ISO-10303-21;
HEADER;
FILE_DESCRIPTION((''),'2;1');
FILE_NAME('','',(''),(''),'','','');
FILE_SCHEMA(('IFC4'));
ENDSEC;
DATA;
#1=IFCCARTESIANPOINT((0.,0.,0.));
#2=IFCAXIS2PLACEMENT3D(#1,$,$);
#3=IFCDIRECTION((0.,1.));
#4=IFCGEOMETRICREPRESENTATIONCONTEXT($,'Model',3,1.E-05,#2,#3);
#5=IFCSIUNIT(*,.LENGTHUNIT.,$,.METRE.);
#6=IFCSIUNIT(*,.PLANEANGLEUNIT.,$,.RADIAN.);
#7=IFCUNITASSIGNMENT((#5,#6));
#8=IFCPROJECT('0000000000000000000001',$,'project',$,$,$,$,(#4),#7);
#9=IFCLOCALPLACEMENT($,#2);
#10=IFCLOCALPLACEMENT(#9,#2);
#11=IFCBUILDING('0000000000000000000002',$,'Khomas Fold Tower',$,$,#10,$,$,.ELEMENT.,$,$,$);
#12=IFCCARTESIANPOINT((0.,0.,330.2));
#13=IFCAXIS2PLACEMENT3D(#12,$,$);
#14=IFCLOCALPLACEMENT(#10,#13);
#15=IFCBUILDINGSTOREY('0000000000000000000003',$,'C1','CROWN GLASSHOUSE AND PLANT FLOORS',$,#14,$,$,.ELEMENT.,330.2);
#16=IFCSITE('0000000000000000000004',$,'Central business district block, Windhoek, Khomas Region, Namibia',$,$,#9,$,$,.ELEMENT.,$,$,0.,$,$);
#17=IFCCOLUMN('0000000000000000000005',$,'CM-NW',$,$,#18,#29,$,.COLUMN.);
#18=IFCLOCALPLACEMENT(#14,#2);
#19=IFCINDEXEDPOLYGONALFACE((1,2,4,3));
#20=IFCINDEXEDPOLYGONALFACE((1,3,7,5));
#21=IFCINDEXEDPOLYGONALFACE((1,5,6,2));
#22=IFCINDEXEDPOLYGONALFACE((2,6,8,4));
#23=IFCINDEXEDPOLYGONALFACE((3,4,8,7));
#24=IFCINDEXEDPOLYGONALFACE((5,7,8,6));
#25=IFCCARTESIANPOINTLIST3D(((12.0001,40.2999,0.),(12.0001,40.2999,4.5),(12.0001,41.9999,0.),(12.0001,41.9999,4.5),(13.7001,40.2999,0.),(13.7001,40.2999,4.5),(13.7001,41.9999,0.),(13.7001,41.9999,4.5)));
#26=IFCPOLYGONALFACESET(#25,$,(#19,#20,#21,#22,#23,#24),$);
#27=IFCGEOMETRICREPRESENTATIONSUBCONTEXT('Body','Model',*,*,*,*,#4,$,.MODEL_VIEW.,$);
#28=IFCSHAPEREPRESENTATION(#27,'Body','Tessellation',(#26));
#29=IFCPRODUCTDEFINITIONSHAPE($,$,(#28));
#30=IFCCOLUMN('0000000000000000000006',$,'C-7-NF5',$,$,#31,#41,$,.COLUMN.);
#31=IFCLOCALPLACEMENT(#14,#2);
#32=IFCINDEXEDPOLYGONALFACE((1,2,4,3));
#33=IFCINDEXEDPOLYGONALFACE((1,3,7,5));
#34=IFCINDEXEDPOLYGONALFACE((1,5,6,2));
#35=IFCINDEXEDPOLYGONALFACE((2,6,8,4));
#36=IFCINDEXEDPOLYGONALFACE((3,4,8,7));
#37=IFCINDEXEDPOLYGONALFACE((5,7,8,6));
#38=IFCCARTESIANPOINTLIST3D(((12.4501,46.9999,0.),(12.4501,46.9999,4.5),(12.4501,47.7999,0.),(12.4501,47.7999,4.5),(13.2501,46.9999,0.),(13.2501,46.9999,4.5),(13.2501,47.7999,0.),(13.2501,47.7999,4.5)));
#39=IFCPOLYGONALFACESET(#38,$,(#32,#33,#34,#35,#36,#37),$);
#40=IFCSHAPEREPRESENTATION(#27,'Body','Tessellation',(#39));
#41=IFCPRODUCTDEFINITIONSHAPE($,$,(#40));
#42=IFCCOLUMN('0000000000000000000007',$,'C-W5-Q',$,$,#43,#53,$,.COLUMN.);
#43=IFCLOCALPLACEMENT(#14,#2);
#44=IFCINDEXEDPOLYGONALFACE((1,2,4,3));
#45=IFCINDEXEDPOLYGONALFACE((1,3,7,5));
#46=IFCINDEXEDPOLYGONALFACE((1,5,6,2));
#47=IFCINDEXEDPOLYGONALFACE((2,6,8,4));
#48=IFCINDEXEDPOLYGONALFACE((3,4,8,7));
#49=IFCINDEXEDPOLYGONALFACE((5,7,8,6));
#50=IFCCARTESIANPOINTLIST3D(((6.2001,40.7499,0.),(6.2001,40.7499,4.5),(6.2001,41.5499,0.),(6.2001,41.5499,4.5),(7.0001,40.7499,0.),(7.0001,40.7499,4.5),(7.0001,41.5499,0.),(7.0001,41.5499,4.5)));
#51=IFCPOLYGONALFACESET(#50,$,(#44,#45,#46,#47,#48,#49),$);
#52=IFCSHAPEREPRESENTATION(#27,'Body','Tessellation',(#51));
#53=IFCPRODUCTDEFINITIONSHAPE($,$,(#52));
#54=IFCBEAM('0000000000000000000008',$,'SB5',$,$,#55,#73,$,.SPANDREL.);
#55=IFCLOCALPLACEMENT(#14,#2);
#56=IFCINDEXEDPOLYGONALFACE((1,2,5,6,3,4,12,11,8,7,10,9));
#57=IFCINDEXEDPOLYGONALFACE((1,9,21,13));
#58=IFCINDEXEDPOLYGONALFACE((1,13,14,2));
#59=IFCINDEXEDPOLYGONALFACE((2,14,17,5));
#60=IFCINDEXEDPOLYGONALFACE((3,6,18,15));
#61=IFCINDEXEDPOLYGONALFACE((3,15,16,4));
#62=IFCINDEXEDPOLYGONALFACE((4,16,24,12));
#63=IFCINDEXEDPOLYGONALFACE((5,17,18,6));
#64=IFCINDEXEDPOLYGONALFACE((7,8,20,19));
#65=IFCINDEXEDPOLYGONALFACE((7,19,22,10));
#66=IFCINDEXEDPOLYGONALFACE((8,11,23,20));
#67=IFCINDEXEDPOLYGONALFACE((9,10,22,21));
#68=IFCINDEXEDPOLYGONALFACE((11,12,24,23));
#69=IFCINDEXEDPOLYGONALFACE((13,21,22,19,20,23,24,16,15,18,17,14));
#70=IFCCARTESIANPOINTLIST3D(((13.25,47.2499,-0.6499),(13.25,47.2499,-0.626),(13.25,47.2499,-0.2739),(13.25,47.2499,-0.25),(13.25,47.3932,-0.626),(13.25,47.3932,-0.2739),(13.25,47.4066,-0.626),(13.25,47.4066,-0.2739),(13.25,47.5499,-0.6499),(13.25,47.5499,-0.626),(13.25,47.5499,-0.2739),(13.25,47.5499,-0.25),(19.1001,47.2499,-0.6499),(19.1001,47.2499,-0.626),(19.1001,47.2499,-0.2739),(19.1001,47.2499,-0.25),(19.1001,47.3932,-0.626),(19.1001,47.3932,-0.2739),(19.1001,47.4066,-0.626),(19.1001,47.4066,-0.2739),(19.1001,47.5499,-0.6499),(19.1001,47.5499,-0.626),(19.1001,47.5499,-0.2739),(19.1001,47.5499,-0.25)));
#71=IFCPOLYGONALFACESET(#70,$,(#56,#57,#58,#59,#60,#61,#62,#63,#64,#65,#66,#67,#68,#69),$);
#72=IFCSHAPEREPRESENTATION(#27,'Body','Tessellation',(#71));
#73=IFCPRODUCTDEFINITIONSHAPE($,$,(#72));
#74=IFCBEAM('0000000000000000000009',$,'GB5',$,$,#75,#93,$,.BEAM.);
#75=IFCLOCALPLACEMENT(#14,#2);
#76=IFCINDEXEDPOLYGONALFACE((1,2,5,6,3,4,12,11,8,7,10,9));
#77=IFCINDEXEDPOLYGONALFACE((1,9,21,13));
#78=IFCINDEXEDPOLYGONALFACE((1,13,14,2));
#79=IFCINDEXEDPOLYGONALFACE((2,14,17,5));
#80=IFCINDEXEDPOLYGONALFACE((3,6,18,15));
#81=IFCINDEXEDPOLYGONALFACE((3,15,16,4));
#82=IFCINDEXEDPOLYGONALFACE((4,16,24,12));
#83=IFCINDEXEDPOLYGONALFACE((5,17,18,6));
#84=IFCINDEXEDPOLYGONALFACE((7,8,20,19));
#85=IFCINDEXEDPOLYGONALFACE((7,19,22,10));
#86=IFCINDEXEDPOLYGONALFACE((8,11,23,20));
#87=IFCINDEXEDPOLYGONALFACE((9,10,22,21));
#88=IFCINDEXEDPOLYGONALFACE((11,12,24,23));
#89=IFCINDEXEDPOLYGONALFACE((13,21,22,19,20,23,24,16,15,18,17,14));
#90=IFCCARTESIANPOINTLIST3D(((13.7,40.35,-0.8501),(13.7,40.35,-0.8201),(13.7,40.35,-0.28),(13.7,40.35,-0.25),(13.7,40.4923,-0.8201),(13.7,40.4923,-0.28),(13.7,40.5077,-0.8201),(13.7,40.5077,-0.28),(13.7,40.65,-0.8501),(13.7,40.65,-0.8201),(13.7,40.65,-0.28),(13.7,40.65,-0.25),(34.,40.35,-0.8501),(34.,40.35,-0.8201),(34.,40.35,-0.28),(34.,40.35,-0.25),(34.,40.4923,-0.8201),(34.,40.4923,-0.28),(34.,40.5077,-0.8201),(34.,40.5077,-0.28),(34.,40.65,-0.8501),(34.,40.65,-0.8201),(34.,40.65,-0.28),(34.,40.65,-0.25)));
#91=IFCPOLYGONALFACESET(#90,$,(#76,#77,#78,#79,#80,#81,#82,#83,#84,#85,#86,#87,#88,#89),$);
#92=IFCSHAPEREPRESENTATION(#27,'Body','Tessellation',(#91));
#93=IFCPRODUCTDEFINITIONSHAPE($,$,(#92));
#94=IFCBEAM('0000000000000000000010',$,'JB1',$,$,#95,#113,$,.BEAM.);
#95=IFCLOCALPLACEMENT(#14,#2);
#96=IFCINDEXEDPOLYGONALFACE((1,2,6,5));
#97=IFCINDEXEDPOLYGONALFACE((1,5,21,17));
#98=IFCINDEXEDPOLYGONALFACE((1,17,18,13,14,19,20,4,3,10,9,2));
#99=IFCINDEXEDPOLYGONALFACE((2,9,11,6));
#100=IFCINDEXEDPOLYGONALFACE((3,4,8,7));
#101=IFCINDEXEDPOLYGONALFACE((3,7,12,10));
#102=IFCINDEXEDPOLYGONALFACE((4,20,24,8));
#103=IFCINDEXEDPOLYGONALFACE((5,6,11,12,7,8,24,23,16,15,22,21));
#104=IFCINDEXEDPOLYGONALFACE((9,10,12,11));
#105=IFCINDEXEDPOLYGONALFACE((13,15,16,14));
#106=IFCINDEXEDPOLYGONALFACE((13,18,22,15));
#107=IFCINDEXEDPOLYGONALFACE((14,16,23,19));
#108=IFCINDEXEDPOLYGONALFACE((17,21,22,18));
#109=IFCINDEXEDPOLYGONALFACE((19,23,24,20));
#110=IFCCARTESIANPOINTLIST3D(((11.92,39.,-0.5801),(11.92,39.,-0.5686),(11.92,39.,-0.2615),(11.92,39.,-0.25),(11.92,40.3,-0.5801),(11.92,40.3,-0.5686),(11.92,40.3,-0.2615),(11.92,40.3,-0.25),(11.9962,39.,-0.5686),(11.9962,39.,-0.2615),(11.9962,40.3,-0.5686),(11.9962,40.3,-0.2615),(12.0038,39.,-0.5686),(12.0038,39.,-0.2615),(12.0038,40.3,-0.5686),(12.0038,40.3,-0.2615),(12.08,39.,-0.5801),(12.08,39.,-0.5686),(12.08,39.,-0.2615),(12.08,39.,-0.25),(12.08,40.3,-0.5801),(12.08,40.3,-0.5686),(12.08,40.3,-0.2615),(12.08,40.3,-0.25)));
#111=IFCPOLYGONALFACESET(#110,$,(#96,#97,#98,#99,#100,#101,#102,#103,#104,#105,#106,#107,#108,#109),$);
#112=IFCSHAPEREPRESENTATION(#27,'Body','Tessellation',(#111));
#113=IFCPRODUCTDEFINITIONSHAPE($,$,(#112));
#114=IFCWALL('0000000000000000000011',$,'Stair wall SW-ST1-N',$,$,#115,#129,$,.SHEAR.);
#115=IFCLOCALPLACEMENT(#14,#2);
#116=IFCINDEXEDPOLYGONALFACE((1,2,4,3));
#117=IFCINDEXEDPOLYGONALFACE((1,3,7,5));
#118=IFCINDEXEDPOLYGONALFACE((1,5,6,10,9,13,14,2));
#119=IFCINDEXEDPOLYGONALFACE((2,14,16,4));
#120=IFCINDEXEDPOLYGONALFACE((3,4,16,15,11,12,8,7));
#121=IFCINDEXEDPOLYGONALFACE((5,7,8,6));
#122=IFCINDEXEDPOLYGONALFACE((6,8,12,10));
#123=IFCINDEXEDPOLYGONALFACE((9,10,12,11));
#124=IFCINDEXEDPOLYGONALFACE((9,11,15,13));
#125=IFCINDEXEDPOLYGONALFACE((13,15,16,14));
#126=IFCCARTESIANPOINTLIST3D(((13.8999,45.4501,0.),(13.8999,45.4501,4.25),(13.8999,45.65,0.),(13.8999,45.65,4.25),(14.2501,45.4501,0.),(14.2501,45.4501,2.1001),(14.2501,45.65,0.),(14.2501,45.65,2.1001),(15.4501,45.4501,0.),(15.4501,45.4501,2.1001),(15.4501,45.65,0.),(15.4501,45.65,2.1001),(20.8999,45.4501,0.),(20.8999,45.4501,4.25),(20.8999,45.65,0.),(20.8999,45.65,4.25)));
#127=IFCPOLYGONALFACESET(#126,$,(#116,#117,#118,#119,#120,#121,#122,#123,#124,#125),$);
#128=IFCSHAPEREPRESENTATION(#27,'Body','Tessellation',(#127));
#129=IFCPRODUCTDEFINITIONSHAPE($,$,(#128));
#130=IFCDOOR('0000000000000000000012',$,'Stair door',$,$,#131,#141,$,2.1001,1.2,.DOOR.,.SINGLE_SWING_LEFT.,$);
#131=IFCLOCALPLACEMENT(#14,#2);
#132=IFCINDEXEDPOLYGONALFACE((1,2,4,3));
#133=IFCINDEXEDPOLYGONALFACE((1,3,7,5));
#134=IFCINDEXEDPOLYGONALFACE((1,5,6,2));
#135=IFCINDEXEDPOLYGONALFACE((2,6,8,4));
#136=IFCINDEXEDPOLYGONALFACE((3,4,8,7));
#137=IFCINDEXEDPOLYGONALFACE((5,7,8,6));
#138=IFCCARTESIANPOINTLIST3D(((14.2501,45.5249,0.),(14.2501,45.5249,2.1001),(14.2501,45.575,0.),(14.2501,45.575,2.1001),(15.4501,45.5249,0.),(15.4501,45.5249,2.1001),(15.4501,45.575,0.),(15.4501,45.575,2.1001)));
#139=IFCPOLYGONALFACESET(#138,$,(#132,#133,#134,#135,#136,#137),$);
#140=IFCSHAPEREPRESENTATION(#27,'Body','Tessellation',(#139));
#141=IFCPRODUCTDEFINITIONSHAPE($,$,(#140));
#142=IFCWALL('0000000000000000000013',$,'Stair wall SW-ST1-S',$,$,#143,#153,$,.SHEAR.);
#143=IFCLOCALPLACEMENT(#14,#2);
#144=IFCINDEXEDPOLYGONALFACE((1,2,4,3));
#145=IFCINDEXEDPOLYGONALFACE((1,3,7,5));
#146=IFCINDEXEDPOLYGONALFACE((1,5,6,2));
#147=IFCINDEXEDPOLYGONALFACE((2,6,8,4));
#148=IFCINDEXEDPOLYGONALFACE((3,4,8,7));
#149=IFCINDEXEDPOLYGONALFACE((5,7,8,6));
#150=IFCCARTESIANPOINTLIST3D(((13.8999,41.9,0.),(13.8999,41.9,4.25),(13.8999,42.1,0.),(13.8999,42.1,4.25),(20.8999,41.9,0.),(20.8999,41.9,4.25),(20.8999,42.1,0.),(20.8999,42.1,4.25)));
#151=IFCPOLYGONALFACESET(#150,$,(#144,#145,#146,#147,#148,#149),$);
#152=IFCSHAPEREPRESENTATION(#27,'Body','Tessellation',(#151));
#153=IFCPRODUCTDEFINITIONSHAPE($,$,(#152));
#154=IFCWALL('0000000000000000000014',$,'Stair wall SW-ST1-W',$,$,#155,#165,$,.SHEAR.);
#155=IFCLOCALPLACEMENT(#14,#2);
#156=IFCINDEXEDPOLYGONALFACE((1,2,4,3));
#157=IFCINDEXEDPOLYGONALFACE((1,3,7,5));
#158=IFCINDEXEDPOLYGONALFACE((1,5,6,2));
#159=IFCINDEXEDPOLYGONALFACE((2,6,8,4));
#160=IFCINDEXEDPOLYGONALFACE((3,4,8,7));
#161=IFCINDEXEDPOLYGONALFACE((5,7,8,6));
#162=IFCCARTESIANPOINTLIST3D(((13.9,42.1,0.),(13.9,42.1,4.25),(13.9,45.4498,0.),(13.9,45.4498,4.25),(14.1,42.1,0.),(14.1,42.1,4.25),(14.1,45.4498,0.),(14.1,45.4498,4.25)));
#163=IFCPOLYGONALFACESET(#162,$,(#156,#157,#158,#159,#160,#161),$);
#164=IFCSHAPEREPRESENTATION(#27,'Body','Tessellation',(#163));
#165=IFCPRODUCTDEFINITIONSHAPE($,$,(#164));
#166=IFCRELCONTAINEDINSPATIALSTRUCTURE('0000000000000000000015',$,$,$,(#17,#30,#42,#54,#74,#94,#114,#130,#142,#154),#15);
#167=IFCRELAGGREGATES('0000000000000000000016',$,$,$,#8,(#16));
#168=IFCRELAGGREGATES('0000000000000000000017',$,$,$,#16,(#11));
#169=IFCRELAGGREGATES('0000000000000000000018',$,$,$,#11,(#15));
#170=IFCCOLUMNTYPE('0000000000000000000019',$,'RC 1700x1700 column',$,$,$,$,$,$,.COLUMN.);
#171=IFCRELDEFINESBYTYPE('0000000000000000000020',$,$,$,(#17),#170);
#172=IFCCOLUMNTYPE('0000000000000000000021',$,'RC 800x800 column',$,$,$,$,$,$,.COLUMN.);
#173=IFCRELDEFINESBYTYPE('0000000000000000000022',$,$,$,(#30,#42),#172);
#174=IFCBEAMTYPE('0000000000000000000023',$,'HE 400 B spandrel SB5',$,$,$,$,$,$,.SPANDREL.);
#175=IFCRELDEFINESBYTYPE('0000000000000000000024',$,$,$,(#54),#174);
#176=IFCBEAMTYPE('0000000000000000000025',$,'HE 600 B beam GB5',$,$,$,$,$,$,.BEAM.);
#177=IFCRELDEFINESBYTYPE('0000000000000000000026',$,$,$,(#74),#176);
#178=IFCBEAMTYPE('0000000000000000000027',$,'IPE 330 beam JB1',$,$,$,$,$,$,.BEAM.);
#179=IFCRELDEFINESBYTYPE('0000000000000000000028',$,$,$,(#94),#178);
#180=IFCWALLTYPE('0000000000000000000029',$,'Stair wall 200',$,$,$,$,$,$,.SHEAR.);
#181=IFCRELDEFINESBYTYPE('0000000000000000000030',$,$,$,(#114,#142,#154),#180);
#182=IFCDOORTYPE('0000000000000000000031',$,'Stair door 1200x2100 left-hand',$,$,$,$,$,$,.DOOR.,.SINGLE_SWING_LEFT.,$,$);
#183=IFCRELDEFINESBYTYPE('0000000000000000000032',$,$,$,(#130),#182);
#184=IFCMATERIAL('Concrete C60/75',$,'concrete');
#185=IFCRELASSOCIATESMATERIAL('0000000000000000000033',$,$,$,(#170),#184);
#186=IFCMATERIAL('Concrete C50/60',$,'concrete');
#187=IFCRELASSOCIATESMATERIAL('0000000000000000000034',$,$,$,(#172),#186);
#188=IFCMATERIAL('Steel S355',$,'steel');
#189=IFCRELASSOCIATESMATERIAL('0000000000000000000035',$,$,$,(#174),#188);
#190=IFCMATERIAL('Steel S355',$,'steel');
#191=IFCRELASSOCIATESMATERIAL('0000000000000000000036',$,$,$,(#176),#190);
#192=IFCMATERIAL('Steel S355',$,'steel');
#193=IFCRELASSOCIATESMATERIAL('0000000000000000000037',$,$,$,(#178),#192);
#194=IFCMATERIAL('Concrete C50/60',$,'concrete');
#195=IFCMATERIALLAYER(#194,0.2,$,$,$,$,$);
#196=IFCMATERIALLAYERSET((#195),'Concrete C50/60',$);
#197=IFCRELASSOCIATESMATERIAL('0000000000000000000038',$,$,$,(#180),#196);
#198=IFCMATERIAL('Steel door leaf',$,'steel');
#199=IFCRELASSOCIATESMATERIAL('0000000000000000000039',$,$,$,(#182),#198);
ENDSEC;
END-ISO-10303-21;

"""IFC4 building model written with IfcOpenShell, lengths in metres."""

from ifc_helpers import new_model, si_unit, direction, frame, frame_2d, origin, origin_2d, place, context, subcontext, project, spatial, rectangle, i_section, extrude, source, transform, mapped, material, layer, layer_set, material_profile, profile_set, type_object, element, fill, save


model = new_model("IFC4")

# Units and contexts
model_context = context("Model", 3, precision=1e-05, world=origin(), true_north=direction((0.0, 1.0)))
body_context = subcontext(model_context, "Body", "Model", "MODEL_VIEW")
ifc_project = project(units=[si_unit("LENGTHUNIT", "METRE"), si_unit("PLANEANGLEUNIT", "RADIAN")], contexts=[model_context])

# Site, building, storey
site_placement = place(None, origin())
site = spatial("IfcSite", under=ifc_project, at=site_placement, Name="Central business district block, Windhoek, Khomas Region, Namibia", CompositionType="ELEMENT", RefElevation=0.0)
building_placement = place(site_placement, origin())
building = spatial("IfcBuilding", under=site, at=building_placement, Name="Khomas Fold Tower", CompositionType="ELEMENT")
storey_placement = place(building_placement, frame((0.0, 0.0, 330.2)))
storey = spatial("IfcBuildingStorey", under=building, at=storey_placement, Name="C1", Description="CROWN GLASSHOUSE AND PLANT FLOORS", CompositionType="ELEMENT", Elevation=330.2)

# Columns
ifc_material_1 = material(Name="Concrete C60/75", Category="concrete")
ifc_material_profile_1 = material_profile(ifc_material_1, rectangle(XDim=1.7, YDim=1.7, at=origin_2d()), Name="RC 1700x1700")
ifc_profile_set_1 = profile_set([ifc_material_profile_1], Name="Concrete C60/75")
column_type_1 = type_object("IfcColumnType", Name="RC 1700x1700 column", PredefinedType="COLUMN", material=ifc_profile_set_1)
shared_shape_1 = source(origin(), body_context, "Body", "SweptSolid", [
    extrude(rectangle(XDim=1.7, YDim=1.7, at=origin_2d()), origin(), (0.0, 0.0, 1.0), 4.5),
])
column_placement = place(storey_placement, frame((12.8501, 41.1499, 0.0), z_axis=(0.0, 0.0, 1.0), x_axis=(1.0, 0.0, 0.0)))
element("IfcColumn", 1, at=column_placement, inside=storey, type_object=column_type_1, Name="CM-NW", PredefinedType="COLUMN", context=body_context, shape_type="MappedRepresentation", body=[
    mapped(shared_shape_1, transform((0.0, 0.0, 0.0))),
])
ifc_material_2 = material(Name="Concrete C50/60", Category="concrete")
ifc_material_profile_2 = material_profile(ifc_material_2, rectangle(XDim=0.8, YDim=0.8, at=origin_2d()), Name="RC 800x800")
ifc_profile_set_2 = profile_set([ifc_material_profile_2], Name="Concrete C50/60")
column_type_2 = type_object("IfcColumnType", Name="RC 800x800 column", PredefinedType="COLUMN", material=ifc_profile_set_2)
shared_shape_2 = source(origin(), body_context, "Body", "SweptSolid", [
    extrude(rectangle(XDim=0.8, YDim=0.8, at=origin_2d()), origin(), (0.0, 0.0, 1.0), 4.5),
])
for number, where, z_axis, x_axis, name in (
    (2, (12.8501, 47.3999, 0.0), (0.0, 0.0, 1.0), (1.0, 0.0, 0.0), "C-7-NF5"),
    (3, (6.6001, 41.1499, 0.0), (0.0, 0.0, 1.0), (1.0, 0.0, 0.0), "C-W5-Q"),
):
    element("IfcColumn", number, at=place(storey_placement, frame(where, z_axis=z_axis, x_axis=x_axis)), inside=storey, type_object=column_type_2, Name=name, PredefinedType="COLUMN", context=body_context, shape_type="MappedRepresentation", body=[
        mapped(shared_shape_2, transform((0.0, 0.0, 0.0))),
    ])

# Beams
ifc_material_3 = material(Name="Steel S355", Category="steel")
ifc_material_profile_3 = material_profile(ifc_material_3, i_section(OverallWidth=0.3, OverallDepth=0.3999, WebThickness=0.0134, FlangeThickness=0.0239, at=origin_2d()), Name="HE 400 B")
ifc_profile_set_3 = profile_set([ifc_material_profile_3], Name="Steel S355")
beam_type_1 = type_object("IfcBeamType", Name="HE 400 B spandrel SB5", PredefinedType="SPANDREL", material=ifc_profile_set_3)
shared_shape_3 = source(origin(), body_context, "Body", "SweptSolid", [
    extrude(i_section(OverallWidth=0.3, OverallDepth=0.3999, WebThickness=0.0134, FlangeThickness=0.0239, at=origin_2d()), origin(), (0.0, 0.0, 1.0), 5.8501),
])
beam_1_placement = place(storey_placement, frame((13.25, 47.3999, -0.45), z_axis=(1.0, 0.0, 0.0), x_axis=(0.0, 1.0, 0.0)))
element("IfcBeam", 4, at=beam_1_placement, inside=storey, type_object=beam_type_1, Name="SB5", PredefinedType="SPANDREL", context=body_context, shape_type="MappedRepresentation", body=[
    mapped(shared_shape_3, transform((0.0, 0.0, 0.0))),
])
ifc_material_4 = material(Name="Steel S355", Category="steel")
ifc_material_profile_4 = material_profile(ifc_material_4, i_section(OverallWidth=0.3, OverallDepth=0.6001, WebThickness=0.0154, FlangeThickness=0.03, at=origin_2d()), Name="HE 600 B")
ifc_profile_set_4 = profile_set([ifc_material_profile_4], Name="Steel S355")
beam_type_2 = type_object("IfcBeamType", Name="HE 600 B beam GB5", PredefinedType="BEAM", material=ifc_profile_set_4)
shared_shape_4 = source(origin(), body_context, "Body", "SweptSolid", [
    extrude(i_section(OverallWidth=0.3, OverallDepth=0.6001, WebThickness=0.0154, FlangeThickness=0.03, at=origin_2d()), origin(), (0.0, 0.0, 1.0), 20.3),
])
beam_2_placement = place(storey_placement, frame((13.7, 40.5, -0.55), z_axis=(1.0, 0.0, 0.0), x_axis=(0.0, 1.0, 0.0)))
element("IfcBeam", 5, at=beam_2_placement, inside=storey, type_object=beam_type_2, Name="GB5", PredefinedType="BEAM", context=body_context, shape_type="MappedRepresentation", body=[
    mapped(shared_shape_4, transform((0.0, 0.0, 0.0))),
])
ifc_material_5 = material(Name="Steel S355", Category="steel")
ifc_material_profile_5 = material_profile(ifc_material_5, i_section(OverallWidth=0.1599, OverallDepth=0.3301, WebThickness=0.0076, FlangeThickness=0.0115, at=origin_2d()), Name="IPE 330")
ifc_profile_set_5 = profile_set([ifc_material_profile_5], Name="Steel S355")
beam_type_3 = type_object("IfcBeamType", Name="IPE 330 beam JB1", PredefinedType="BEAM", material=ifc_profile_set_5)
shared_shape_5 = source(origin(), body_context, "Body", "SweptSolid", [
    extrude(i_section(OverallWidth=0.1599, OverallDepth=0.3301, WebThickness=0.0076, FlangeThickness=0.0115, at=origin_2d()), origin(), (0.0, 0.0, 1.0), 1.3),
])
beam_3_placement = place(storey_placement, frame((12.0, 39.0, -0.415), z_axis=(0.0, 1.0, 0.0), x_axis=(-1.0, 0.0, 0.0)))
element("IfcBeam", 6, at=beam_3_placement, inside=storey, type_object=beam_type_3, Name="JB1", PredefinedType="BEAM", context=body_context, shape_type="MappedRepresentation", body=[
    mapped(shared_shape_5, transform((0.0, 0.0, 0.0))),
])

# Wall, opening, door
ifc_material_6 = material(Name="Concrete C50/60", Category="concrete")
ifc_layer_1 = layer(ifc_material_6, 0.2)
ifc_layer_set_1 = layer_set([ifc_layer_1], Name="Concrete C50/60")
wall_type_1 = type_object("IfcWallType", Name="Stair wall 200", PredefinedType="SHEAR", material=ifc_layer_set_1)
shared_shape_6 = source(origin(), body_context, "Body", "SweptSolid", [
    extrude(rectangle(XDim=7.0, YDim=0.2, at=frame_2d((3.5, 0.0))), origin(), (0.0, 0.0, 1.0), 4.25),
])
wall_1_placement = place(storey_placement, frame((13.8999, 45.55, 0.0), z_axis=(0.0, 0.0, 1.0), x_axis=(1.0, 0.0, 0.0)))
wall_1 = element("IfcWall", 7, at=wall_1_placement, inside=storey, type_object=wall_type_1, Name="Stair wall SW-ST1-N", PredefinedType="SHEAR", context=body_context, shape_type="MappedRepresentation", body=[
    mapped(shared_shape_6, transform((0.0, 0.0, 0.0))),
])
shared_shape_7 = source(origin(), body_context, "Body", "SweptSolid", [
    extrude(rectangle(XDim=1.2, YDim=2.1001, at=frame_2d((0.6001, 1.05))), frame((0.0, 0.1099, 0.0), z_axis=(0.0, -1.0, 0.0), x_axis=(1.0, 0.0, 0.0)), (0.0, 0.0, 1.0), 0.22),
])
opening_1_placement = place(wall_1_placement, frame((0.3501, 0.0, 0.0)))
opening_1 = element("IfcOpeningElement", 8, at=opening_1_placement, cuts=wall_1, PredefinedType="OPENING", context=body_context, shape_type="MappedRepresentation", body=[
    mapped(shared_shape_7, transform((0.0, 0.0, 0.0))),
])
ifc_material_7 = material(Name="Steel door leaf", Category="steel")
door_type_1 = type_object("IfcDoorType", Name="Stair door 1200x2100 left-hand", OperationType="SINGLE_SWING_LEFT", PredefinedType="DOOR", material=ifc_material_7)
shared_shape_8 = source(origin(), body_context, "Body", "SweptSolid", [
    extrude(rectangle(XDim=1.2, YDim=2.1001, at=frame_2d((0.6001, 1.05))), frame((0.0, 0.0249, 0.0), z_axis=(0.0, -1.0, 0.0), x_axis=(1.0, 0.0, 0.0)), (0.0, 0.0, 1.0), 0.05),
])
door_1_placement = place(opening_1_placement, origin())
door_1 = element("IfcDoor", 9, at=door_1_placement, inside=storey, type_object=door_type_1, Name="Stair door", OperationType="SINGLE_SWING_LEFT", OverallHeight=2.1001, OverallWidth=1.2, PredefinedType="DOOR", context=body_context, shape_type="MappedRepresentation", body=[
    mapped(shared_shape_8, transform((0.0, 0.0, 0.0))),
])
fill(opening_1, door_1)

# Walls
wall_2_placement = place(storey_placement, frame((13.8999, 42.0, 0.0), z_axis=(0.0, 0.0, 1.0), x_axis=(1.0, 0.0, 0.0)))
element("IfcWall", 10, at=wall_2_placement, inside=storey, type_object=wall_type_1, Name="Stair wall SW-ST1-S", PredefinedType="SHEAR", context=body_context, shape_type="MappedRepresentation", body=[
    mapped(shared_shape_6, transform((0.0, 0.0, 0.0))),
])
shared_shape_9 = source(origin(), body_context, "Body", "SweptSolid", [
    extrude(rectangle(XDim=3.3499, YDim=0.2, at=frame_2d((1.6748, 0.0))), origin(), (0.0, 0.0, 1.0), 4.25),
])
wall_3_placement = place(storey_placement, frame((14.0, 42.1001, 0.0), z_axis=(0.0, 0.0, 1.0), x_axis=(0.0, 1.0, 0.0)))
element("IfcWall", 11, at=wall_3_placement, inside=storey, type_object=wall_type_1, Name="Stair wall SW-ST1-W", PredefinedType="SHEAR", context=body_context, shape_type="MappedRepresentation", body=[
    mapped(shared_shape_9, transform((0.0, 0.0, 0.0))),
])

save(model, "model.ifc")
